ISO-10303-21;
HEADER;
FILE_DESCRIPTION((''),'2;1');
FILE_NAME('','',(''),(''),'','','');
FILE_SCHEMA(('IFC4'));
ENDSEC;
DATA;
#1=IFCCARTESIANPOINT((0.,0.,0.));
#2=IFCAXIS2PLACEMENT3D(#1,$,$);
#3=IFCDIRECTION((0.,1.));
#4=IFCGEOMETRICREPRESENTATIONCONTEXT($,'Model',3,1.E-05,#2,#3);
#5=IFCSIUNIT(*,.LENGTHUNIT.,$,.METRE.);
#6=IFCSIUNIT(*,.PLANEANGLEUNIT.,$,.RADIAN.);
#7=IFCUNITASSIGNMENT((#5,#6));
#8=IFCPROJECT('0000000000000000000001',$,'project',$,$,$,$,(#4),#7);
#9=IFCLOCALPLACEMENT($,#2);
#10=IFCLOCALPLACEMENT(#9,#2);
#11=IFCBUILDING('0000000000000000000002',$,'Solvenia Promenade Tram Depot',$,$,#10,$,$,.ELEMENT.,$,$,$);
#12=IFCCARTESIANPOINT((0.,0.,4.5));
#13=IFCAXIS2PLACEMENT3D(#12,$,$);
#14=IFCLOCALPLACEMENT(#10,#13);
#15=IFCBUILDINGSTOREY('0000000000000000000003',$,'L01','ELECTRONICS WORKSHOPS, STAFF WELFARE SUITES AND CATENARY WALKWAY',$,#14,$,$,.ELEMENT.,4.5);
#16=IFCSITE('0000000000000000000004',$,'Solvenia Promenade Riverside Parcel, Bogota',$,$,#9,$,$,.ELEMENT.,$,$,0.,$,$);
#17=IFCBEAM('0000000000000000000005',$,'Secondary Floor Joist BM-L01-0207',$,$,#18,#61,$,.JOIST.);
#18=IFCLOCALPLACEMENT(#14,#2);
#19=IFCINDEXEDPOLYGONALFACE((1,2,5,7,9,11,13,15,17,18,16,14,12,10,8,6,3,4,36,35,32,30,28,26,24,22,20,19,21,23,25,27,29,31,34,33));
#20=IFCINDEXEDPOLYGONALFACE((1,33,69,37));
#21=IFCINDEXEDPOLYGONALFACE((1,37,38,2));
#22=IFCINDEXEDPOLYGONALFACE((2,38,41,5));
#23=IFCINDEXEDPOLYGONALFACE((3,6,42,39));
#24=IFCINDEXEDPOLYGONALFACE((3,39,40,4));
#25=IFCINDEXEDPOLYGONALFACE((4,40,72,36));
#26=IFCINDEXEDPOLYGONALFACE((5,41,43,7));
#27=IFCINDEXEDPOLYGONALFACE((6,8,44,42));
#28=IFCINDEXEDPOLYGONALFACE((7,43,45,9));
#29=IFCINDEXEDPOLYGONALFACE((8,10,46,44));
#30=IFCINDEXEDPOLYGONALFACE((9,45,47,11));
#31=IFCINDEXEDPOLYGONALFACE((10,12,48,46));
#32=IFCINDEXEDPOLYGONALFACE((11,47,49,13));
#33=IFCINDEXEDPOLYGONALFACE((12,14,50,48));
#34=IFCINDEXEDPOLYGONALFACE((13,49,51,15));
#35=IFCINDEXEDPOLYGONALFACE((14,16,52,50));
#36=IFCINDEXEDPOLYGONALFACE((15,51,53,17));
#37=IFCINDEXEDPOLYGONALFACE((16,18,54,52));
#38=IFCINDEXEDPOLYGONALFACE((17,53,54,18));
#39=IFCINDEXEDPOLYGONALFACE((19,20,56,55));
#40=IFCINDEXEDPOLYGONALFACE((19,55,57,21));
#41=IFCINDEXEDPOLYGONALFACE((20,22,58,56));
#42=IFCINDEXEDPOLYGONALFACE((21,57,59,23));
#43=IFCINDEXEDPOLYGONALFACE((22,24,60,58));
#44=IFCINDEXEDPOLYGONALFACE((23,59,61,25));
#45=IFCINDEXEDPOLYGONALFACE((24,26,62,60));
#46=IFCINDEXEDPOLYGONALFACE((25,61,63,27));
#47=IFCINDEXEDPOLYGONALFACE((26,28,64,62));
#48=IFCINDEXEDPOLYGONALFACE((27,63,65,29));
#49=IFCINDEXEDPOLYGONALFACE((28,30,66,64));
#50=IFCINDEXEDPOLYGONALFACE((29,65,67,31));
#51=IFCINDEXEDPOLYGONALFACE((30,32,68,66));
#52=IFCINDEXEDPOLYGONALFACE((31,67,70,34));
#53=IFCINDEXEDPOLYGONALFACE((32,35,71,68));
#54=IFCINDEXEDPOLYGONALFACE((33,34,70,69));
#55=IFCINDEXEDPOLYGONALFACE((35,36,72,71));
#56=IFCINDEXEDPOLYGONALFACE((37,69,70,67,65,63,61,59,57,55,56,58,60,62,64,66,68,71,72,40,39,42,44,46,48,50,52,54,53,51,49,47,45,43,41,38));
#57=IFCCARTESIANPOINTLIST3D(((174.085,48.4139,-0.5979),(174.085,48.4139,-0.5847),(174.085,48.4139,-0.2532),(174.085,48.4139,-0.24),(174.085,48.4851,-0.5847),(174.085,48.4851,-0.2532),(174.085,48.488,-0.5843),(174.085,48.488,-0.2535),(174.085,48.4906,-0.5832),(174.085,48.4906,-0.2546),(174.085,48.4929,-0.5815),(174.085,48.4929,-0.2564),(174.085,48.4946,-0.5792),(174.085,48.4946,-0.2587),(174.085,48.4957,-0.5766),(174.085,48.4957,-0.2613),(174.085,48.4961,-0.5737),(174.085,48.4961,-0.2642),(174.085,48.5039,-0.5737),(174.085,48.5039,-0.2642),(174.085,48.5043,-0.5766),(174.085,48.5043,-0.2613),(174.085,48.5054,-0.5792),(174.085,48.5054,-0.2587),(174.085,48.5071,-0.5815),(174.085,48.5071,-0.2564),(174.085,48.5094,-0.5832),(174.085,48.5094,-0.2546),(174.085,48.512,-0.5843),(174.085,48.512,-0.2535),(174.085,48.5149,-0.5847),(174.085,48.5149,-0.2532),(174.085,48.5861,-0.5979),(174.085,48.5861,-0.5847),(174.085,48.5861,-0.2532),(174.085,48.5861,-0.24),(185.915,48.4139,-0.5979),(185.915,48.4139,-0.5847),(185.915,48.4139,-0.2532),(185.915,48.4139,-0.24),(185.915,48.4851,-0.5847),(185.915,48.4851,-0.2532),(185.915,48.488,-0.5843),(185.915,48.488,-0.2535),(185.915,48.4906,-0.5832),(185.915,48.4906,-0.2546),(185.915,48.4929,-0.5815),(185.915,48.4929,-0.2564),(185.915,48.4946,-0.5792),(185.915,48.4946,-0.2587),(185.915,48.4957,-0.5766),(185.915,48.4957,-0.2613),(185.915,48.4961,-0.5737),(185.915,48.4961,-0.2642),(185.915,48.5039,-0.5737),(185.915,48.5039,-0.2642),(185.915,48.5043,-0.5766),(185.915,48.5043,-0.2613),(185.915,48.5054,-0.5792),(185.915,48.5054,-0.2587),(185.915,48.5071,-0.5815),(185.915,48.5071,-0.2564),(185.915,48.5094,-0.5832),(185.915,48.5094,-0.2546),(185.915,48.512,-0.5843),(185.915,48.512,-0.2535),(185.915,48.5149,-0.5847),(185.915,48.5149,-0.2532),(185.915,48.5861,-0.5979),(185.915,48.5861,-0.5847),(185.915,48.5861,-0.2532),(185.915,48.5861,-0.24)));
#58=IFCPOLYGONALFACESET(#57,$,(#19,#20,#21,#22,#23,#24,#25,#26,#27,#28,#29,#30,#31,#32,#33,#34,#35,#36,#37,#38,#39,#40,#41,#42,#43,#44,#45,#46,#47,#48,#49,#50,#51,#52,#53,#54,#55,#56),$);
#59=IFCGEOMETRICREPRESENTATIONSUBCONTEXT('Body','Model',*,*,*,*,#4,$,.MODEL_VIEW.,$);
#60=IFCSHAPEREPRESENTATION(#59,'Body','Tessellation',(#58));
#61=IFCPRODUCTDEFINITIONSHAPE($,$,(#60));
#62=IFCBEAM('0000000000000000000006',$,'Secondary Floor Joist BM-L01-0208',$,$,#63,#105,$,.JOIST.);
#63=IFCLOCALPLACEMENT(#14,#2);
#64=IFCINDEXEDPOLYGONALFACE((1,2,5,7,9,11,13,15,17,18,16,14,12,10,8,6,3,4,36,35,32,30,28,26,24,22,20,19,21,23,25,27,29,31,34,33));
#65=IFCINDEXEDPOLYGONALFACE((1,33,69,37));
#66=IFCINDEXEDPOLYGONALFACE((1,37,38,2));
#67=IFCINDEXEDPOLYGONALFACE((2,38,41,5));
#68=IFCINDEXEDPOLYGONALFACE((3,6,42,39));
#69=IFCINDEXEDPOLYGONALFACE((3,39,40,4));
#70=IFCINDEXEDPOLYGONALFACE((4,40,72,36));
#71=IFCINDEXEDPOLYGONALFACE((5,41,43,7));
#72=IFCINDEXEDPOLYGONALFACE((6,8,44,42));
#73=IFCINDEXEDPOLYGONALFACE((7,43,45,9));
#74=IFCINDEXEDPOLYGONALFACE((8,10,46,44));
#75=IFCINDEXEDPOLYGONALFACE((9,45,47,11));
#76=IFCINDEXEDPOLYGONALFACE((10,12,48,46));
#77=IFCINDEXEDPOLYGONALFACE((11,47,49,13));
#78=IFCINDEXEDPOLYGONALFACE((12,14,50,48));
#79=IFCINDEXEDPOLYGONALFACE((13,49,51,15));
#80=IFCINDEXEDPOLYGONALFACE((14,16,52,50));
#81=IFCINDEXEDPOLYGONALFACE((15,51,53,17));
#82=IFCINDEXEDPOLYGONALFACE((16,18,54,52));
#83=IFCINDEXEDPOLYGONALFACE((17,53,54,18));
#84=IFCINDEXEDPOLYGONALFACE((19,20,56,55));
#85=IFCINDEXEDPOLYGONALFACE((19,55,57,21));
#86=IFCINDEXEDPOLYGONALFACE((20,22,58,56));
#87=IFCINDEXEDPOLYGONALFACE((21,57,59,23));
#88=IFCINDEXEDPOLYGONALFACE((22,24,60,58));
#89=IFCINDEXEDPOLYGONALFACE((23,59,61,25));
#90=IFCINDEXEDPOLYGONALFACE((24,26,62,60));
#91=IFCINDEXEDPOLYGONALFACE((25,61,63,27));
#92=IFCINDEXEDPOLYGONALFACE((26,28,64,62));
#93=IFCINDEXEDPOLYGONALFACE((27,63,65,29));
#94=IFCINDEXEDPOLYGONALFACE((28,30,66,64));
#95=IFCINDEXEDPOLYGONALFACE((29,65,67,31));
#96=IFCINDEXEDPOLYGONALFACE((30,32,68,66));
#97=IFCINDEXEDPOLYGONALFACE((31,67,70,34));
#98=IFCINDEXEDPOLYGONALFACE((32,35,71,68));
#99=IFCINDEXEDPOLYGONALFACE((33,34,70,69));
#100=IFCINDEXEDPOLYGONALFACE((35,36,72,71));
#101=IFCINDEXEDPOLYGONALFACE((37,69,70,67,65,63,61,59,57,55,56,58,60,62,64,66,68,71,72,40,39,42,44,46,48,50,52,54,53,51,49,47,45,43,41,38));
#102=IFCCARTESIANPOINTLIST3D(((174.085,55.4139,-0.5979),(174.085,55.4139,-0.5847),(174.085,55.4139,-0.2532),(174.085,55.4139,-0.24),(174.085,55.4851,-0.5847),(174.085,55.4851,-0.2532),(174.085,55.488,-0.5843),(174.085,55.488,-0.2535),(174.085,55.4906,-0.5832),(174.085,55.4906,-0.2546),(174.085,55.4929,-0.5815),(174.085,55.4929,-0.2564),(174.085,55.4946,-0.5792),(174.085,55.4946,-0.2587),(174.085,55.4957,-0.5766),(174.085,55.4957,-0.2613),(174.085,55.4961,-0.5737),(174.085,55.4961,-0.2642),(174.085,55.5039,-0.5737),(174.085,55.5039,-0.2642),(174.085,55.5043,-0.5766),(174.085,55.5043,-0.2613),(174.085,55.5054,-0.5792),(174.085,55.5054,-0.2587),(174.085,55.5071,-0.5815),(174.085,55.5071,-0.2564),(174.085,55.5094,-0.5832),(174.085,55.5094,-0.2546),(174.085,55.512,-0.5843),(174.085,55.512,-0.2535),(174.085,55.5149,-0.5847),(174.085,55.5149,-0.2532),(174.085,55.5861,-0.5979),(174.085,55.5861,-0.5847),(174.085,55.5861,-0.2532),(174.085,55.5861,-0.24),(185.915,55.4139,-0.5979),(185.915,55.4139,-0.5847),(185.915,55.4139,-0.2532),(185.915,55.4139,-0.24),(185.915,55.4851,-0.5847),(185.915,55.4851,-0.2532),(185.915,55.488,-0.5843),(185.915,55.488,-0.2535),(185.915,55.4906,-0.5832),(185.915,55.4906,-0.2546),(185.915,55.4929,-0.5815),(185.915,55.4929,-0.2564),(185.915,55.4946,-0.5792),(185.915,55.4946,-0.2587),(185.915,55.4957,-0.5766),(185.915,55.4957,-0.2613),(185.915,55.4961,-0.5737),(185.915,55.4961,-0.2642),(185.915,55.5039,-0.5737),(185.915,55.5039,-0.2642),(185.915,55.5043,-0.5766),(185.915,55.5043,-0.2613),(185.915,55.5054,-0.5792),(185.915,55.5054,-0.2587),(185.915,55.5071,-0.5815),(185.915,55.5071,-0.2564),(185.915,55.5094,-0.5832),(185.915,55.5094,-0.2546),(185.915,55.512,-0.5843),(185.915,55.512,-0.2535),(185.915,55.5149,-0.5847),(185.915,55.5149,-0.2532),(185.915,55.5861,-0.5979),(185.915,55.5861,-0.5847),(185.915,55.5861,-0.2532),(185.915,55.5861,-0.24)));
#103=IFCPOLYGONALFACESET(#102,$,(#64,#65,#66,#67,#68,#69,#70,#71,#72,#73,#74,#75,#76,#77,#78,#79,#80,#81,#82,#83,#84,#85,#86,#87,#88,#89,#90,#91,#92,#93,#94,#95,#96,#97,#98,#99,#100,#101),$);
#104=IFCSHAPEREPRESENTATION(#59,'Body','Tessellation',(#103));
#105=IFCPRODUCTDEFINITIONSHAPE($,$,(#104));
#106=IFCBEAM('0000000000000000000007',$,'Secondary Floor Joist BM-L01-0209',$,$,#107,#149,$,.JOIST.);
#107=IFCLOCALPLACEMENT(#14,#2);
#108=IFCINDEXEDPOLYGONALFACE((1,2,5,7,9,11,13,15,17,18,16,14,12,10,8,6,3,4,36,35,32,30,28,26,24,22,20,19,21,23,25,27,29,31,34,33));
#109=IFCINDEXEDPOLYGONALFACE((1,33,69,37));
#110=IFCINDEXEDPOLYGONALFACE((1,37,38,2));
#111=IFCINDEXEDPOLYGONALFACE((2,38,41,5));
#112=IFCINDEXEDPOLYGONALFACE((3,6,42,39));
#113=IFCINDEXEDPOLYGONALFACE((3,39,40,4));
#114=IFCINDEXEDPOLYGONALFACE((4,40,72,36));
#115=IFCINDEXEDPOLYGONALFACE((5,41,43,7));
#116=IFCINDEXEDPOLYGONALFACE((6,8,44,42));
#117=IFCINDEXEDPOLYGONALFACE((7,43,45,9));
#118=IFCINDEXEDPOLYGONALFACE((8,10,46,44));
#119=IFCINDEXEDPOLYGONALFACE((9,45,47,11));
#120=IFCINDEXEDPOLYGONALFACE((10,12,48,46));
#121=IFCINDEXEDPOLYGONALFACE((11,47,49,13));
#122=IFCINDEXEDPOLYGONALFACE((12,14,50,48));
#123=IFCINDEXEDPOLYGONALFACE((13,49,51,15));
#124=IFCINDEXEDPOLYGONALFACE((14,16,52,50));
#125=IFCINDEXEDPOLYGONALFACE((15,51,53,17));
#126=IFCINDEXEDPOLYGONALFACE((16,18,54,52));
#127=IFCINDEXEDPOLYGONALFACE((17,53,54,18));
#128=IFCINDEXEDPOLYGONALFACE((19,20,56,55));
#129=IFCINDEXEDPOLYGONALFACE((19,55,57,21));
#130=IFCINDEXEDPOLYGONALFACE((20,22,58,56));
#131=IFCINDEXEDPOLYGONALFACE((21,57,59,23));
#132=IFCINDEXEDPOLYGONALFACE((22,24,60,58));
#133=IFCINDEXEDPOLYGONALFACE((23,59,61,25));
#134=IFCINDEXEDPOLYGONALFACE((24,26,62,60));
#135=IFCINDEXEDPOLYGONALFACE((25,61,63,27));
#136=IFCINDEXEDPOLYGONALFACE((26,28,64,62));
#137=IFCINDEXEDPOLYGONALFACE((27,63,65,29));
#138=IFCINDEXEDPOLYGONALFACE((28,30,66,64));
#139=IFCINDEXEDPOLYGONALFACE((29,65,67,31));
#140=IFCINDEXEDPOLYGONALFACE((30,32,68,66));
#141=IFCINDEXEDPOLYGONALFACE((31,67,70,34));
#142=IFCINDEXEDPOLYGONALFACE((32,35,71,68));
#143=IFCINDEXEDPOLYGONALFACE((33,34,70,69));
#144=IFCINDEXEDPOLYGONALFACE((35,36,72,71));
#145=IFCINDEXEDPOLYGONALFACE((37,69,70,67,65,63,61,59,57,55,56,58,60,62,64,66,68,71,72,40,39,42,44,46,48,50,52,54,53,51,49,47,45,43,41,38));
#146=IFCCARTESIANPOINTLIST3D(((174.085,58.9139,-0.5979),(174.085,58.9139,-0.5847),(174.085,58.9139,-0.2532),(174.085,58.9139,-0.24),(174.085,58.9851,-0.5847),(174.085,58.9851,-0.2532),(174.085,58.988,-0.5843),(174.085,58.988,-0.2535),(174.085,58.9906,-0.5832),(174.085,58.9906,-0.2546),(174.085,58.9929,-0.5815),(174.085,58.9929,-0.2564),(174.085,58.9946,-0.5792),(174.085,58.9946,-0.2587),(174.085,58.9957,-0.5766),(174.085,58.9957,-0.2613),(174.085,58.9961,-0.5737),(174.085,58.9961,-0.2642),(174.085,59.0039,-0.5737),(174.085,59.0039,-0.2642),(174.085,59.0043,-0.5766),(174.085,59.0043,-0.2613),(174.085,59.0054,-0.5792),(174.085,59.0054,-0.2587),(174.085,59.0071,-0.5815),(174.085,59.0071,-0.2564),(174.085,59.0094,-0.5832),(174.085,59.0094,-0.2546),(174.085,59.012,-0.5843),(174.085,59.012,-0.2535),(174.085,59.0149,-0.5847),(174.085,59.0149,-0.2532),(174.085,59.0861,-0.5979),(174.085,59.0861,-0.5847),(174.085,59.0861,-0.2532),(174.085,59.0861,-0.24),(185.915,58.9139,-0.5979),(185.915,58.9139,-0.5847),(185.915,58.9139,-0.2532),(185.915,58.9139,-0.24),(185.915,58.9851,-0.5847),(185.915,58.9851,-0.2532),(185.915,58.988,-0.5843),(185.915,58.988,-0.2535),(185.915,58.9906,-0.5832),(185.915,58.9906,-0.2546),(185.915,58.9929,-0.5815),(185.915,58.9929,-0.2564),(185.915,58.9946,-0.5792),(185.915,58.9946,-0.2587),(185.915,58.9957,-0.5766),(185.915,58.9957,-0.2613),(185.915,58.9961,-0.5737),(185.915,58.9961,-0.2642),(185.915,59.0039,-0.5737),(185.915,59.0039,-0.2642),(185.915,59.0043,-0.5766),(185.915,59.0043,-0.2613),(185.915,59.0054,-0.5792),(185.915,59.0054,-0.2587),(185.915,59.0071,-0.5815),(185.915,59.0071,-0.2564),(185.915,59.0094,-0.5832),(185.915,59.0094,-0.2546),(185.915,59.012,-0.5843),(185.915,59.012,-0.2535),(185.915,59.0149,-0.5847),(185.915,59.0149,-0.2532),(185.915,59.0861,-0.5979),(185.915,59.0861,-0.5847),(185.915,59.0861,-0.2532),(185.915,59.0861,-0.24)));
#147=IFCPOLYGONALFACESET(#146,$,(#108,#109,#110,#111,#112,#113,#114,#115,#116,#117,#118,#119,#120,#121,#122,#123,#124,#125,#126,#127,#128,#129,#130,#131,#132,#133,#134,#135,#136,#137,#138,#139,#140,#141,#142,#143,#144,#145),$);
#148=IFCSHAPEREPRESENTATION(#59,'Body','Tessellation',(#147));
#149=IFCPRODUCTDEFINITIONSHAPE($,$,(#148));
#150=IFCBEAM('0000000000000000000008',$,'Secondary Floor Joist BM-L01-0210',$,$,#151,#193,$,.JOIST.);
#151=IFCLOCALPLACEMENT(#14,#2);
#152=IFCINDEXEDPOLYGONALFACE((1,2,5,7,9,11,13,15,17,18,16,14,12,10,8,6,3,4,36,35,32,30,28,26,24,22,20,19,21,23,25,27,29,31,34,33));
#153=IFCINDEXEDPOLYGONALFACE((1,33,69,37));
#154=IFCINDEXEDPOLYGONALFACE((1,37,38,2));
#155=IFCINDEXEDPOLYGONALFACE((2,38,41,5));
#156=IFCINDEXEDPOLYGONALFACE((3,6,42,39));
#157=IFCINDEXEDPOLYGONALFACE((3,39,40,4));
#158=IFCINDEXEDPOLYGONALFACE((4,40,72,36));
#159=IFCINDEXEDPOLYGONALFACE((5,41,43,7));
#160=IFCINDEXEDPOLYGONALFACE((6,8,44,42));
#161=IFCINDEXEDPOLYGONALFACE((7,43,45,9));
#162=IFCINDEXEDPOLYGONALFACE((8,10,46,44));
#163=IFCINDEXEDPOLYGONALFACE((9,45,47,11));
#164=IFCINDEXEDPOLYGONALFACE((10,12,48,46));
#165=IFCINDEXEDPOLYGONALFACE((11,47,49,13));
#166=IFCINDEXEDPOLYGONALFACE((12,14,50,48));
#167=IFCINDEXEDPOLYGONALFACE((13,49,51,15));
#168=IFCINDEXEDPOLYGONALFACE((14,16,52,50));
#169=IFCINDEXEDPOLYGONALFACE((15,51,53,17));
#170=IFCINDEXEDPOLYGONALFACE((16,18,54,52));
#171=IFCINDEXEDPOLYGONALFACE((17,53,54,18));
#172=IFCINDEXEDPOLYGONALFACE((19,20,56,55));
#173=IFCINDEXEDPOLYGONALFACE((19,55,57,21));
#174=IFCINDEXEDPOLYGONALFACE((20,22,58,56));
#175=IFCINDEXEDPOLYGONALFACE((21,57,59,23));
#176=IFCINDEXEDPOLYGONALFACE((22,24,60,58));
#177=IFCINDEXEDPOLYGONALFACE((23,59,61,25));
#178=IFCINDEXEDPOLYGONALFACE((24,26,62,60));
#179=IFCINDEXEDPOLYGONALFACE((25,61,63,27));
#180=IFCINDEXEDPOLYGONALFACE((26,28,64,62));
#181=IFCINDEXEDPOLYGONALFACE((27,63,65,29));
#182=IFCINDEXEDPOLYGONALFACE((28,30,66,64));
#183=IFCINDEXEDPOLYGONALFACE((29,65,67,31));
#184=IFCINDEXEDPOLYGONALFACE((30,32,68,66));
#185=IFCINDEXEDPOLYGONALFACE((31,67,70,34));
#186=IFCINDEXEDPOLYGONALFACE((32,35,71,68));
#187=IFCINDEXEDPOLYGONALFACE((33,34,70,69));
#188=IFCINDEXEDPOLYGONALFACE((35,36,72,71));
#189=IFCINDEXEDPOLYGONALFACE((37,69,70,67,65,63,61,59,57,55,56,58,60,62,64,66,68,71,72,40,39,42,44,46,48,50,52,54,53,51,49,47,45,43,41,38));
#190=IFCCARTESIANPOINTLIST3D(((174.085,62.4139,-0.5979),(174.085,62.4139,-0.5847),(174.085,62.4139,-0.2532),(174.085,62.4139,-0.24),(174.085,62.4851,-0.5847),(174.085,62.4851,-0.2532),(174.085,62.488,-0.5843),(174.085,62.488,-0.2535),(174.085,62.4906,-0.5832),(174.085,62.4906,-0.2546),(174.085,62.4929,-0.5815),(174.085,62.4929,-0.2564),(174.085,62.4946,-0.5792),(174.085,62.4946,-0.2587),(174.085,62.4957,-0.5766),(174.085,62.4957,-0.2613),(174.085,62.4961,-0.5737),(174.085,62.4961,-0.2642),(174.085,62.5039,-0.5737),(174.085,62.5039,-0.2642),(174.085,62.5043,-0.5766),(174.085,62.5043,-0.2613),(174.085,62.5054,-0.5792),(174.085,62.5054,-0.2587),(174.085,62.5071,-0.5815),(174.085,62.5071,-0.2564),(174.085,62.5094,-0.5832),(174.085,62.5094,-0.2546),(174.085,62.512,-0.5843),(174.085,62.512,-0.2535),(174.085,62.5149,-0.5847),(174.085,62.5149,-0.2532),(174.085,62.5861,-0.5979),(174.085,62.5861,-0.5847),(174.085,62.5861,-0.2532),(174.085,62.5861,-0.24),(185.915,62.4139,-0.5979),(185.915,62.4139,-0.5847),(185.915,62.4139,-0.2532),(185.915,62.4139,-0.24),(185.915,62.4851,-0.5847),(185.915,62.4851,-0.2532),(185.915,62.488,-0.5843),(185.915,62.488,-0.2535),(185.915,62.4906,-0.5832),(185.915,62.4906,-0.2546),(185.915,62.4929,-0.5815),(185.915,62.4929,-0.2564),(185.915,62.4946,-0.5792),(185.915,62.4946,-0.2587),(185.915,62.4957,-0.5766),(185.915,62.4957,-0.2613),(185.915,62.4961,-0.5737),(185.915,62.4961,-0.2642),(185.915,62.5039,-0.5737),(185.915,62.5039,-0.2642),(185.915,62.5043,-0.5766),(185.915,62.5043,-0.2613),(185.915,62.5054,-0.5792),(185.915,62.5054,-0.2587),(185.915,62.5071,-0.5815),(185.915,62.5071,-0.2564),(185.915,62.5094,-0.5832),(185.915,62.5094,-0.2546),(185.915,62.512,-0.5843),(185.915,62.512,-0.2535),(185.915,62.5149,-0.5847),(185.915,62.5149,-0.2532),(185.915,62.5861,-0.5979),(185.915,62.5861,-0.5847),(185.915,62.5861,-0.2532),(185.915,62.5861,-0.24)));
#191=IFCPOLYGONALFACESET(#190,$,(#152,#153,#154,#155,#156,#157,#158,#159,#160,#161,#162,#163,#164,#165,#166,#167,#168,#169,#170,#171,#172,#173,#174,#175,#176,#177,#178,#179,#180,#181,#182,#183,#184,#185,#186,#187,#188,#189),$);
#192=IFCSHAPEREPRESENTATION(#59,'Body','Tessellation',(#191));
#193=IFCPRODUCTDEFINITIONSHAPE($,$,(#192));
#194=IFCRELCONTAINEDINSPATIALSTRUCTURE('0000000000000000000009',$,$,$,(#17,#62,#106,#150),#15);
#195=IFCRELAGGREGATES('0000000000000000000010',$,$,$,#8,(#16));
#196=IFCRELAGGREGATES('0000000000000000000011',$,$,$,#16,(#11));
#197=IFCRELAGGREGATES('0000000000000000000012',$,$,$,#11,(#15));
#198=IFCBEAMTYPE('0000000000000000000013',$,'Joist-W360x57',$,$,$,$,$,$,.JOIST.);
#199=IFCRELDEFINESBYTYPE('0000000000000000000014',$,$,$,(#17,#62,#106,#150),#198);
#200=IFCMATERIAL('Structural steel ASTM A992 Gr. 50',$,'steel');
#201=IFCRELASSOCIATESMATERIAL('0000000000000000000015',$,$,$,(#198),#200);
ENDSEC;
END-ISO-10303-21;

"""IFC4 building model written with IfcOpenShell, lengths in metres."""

from ifc_helpers import new_model, si_unit, direction, frame, origin, origin_2d, place, context, subcontext, project, spatial, i_section, extrude, material, material_profile, profile_set, type_object, element, save


model = new_model("IFC4")

# Units and contexts
model_context = context("Model", 3, precision=1e-05, world=origin(), true_north=direction((0.0, 1.0)))
body_context = subcontext(model_context, "Body", "Model", "MODEL_VIEW")
ifc_project = project(units=[si_unit("LENGTHUNIT", "METRE"), si_unit("PLANEANGLEUNIT", "RADIAN")], contexts=[model_context])

# Site, building, storey
site_placement = place(None, origin())
site = spatial("IfcSite", under=ifc_project, at=site_placement, Name="Solvenia Promenade Riverside Parcel, Bogota", CompositionType="ELEMENT", RefElevation=0.0)
building_placement = place(site_placement, origin())
building = spatial("IfcBuilding", under=site, at=building_placement, Name="Solvenia Promenade Tram Depot", CompositionType="ELEMENT")
storey_placement = place(building_placement, frame((0.0, 0.0, 4.5)))
storey = spatial("IfcBuildingStorey", under=building, at=storey_placement, Name="L01", Description="ELECTRONICS WORKSHOPS, STAFF WELFARE SUITES AND CATENARY WALKWAY", CompositionType="ELEMENT", Elevation=4.5)

# Shared definitions
ifc_material_1 = material(Name="Structural steel ASTM A992 Gr. 50", Category="steel")

# Beams
ifc_material_profile_1 = material_profile(ifc_material_1, i_section(OverallWidth=0.1721, OverallDepth=0.3579, WebThickness=0.0078, FlangeThickness=0.0132, FilletRadius=0.011, at=origin_2d()), Name="W360x57", Category="steel")
ifc_profile_set_1 = profile_set([ifc_material_profile_1], Name="Structural steel ASTM A992 Gr. 50")
beam_type_1 = type_object("IfcBeamType", Name="Joist-W360x57", PredefinedType="JOIST", material=ifc_profile_set_1)
for number, where, z_axis, x_axis, name in (
    (1, (174.085, 48.5, -0.4189), (1.0, 0.0, 0.0), (0.0, 1.0, 0.0), "Secondary Floor Joist BM-L01-0207"),
    (2, (174.085, 55.5, -0.4189), (1.0, 0.0, 0.0), (0.0, 1.0, 0.0), "Secondary Floor Joist BM-L01-0208"),
    (3, (174.085, 59.0, -0.4189), (1.0, 0.0, 0.0), (0.0, 1.0, 0.0), "Secondary Floor Joist BM-L01-0209"),
    (4, (174.085, 62.5, -0.4189), (1.0, 0.0, 0.0), (0.0, 1.0, 0.0), "Secondary Floor Joist BM-L01-0210"),
):
    element("IfcBeam", number, at=place(storey_placement, frame(where, z_axis=z_axis, x_axis=x_axis)), inside=storey, type_object=beam_type_1, Name=name, PredefinedType="JOIST", context=body_context, shape_type="SweptSolid", body=[
        extrude(i_section(OverallWidth=0.1721, OverallDepth=0.3579, WebThickness=0.0078, FlangeThickness=0.0132, FilletRadius=0.011, at=origin_2d()), origin(), (0.0, 0.0, 1.0), 11.8301),
    ])

save(model, "model.ifc")
